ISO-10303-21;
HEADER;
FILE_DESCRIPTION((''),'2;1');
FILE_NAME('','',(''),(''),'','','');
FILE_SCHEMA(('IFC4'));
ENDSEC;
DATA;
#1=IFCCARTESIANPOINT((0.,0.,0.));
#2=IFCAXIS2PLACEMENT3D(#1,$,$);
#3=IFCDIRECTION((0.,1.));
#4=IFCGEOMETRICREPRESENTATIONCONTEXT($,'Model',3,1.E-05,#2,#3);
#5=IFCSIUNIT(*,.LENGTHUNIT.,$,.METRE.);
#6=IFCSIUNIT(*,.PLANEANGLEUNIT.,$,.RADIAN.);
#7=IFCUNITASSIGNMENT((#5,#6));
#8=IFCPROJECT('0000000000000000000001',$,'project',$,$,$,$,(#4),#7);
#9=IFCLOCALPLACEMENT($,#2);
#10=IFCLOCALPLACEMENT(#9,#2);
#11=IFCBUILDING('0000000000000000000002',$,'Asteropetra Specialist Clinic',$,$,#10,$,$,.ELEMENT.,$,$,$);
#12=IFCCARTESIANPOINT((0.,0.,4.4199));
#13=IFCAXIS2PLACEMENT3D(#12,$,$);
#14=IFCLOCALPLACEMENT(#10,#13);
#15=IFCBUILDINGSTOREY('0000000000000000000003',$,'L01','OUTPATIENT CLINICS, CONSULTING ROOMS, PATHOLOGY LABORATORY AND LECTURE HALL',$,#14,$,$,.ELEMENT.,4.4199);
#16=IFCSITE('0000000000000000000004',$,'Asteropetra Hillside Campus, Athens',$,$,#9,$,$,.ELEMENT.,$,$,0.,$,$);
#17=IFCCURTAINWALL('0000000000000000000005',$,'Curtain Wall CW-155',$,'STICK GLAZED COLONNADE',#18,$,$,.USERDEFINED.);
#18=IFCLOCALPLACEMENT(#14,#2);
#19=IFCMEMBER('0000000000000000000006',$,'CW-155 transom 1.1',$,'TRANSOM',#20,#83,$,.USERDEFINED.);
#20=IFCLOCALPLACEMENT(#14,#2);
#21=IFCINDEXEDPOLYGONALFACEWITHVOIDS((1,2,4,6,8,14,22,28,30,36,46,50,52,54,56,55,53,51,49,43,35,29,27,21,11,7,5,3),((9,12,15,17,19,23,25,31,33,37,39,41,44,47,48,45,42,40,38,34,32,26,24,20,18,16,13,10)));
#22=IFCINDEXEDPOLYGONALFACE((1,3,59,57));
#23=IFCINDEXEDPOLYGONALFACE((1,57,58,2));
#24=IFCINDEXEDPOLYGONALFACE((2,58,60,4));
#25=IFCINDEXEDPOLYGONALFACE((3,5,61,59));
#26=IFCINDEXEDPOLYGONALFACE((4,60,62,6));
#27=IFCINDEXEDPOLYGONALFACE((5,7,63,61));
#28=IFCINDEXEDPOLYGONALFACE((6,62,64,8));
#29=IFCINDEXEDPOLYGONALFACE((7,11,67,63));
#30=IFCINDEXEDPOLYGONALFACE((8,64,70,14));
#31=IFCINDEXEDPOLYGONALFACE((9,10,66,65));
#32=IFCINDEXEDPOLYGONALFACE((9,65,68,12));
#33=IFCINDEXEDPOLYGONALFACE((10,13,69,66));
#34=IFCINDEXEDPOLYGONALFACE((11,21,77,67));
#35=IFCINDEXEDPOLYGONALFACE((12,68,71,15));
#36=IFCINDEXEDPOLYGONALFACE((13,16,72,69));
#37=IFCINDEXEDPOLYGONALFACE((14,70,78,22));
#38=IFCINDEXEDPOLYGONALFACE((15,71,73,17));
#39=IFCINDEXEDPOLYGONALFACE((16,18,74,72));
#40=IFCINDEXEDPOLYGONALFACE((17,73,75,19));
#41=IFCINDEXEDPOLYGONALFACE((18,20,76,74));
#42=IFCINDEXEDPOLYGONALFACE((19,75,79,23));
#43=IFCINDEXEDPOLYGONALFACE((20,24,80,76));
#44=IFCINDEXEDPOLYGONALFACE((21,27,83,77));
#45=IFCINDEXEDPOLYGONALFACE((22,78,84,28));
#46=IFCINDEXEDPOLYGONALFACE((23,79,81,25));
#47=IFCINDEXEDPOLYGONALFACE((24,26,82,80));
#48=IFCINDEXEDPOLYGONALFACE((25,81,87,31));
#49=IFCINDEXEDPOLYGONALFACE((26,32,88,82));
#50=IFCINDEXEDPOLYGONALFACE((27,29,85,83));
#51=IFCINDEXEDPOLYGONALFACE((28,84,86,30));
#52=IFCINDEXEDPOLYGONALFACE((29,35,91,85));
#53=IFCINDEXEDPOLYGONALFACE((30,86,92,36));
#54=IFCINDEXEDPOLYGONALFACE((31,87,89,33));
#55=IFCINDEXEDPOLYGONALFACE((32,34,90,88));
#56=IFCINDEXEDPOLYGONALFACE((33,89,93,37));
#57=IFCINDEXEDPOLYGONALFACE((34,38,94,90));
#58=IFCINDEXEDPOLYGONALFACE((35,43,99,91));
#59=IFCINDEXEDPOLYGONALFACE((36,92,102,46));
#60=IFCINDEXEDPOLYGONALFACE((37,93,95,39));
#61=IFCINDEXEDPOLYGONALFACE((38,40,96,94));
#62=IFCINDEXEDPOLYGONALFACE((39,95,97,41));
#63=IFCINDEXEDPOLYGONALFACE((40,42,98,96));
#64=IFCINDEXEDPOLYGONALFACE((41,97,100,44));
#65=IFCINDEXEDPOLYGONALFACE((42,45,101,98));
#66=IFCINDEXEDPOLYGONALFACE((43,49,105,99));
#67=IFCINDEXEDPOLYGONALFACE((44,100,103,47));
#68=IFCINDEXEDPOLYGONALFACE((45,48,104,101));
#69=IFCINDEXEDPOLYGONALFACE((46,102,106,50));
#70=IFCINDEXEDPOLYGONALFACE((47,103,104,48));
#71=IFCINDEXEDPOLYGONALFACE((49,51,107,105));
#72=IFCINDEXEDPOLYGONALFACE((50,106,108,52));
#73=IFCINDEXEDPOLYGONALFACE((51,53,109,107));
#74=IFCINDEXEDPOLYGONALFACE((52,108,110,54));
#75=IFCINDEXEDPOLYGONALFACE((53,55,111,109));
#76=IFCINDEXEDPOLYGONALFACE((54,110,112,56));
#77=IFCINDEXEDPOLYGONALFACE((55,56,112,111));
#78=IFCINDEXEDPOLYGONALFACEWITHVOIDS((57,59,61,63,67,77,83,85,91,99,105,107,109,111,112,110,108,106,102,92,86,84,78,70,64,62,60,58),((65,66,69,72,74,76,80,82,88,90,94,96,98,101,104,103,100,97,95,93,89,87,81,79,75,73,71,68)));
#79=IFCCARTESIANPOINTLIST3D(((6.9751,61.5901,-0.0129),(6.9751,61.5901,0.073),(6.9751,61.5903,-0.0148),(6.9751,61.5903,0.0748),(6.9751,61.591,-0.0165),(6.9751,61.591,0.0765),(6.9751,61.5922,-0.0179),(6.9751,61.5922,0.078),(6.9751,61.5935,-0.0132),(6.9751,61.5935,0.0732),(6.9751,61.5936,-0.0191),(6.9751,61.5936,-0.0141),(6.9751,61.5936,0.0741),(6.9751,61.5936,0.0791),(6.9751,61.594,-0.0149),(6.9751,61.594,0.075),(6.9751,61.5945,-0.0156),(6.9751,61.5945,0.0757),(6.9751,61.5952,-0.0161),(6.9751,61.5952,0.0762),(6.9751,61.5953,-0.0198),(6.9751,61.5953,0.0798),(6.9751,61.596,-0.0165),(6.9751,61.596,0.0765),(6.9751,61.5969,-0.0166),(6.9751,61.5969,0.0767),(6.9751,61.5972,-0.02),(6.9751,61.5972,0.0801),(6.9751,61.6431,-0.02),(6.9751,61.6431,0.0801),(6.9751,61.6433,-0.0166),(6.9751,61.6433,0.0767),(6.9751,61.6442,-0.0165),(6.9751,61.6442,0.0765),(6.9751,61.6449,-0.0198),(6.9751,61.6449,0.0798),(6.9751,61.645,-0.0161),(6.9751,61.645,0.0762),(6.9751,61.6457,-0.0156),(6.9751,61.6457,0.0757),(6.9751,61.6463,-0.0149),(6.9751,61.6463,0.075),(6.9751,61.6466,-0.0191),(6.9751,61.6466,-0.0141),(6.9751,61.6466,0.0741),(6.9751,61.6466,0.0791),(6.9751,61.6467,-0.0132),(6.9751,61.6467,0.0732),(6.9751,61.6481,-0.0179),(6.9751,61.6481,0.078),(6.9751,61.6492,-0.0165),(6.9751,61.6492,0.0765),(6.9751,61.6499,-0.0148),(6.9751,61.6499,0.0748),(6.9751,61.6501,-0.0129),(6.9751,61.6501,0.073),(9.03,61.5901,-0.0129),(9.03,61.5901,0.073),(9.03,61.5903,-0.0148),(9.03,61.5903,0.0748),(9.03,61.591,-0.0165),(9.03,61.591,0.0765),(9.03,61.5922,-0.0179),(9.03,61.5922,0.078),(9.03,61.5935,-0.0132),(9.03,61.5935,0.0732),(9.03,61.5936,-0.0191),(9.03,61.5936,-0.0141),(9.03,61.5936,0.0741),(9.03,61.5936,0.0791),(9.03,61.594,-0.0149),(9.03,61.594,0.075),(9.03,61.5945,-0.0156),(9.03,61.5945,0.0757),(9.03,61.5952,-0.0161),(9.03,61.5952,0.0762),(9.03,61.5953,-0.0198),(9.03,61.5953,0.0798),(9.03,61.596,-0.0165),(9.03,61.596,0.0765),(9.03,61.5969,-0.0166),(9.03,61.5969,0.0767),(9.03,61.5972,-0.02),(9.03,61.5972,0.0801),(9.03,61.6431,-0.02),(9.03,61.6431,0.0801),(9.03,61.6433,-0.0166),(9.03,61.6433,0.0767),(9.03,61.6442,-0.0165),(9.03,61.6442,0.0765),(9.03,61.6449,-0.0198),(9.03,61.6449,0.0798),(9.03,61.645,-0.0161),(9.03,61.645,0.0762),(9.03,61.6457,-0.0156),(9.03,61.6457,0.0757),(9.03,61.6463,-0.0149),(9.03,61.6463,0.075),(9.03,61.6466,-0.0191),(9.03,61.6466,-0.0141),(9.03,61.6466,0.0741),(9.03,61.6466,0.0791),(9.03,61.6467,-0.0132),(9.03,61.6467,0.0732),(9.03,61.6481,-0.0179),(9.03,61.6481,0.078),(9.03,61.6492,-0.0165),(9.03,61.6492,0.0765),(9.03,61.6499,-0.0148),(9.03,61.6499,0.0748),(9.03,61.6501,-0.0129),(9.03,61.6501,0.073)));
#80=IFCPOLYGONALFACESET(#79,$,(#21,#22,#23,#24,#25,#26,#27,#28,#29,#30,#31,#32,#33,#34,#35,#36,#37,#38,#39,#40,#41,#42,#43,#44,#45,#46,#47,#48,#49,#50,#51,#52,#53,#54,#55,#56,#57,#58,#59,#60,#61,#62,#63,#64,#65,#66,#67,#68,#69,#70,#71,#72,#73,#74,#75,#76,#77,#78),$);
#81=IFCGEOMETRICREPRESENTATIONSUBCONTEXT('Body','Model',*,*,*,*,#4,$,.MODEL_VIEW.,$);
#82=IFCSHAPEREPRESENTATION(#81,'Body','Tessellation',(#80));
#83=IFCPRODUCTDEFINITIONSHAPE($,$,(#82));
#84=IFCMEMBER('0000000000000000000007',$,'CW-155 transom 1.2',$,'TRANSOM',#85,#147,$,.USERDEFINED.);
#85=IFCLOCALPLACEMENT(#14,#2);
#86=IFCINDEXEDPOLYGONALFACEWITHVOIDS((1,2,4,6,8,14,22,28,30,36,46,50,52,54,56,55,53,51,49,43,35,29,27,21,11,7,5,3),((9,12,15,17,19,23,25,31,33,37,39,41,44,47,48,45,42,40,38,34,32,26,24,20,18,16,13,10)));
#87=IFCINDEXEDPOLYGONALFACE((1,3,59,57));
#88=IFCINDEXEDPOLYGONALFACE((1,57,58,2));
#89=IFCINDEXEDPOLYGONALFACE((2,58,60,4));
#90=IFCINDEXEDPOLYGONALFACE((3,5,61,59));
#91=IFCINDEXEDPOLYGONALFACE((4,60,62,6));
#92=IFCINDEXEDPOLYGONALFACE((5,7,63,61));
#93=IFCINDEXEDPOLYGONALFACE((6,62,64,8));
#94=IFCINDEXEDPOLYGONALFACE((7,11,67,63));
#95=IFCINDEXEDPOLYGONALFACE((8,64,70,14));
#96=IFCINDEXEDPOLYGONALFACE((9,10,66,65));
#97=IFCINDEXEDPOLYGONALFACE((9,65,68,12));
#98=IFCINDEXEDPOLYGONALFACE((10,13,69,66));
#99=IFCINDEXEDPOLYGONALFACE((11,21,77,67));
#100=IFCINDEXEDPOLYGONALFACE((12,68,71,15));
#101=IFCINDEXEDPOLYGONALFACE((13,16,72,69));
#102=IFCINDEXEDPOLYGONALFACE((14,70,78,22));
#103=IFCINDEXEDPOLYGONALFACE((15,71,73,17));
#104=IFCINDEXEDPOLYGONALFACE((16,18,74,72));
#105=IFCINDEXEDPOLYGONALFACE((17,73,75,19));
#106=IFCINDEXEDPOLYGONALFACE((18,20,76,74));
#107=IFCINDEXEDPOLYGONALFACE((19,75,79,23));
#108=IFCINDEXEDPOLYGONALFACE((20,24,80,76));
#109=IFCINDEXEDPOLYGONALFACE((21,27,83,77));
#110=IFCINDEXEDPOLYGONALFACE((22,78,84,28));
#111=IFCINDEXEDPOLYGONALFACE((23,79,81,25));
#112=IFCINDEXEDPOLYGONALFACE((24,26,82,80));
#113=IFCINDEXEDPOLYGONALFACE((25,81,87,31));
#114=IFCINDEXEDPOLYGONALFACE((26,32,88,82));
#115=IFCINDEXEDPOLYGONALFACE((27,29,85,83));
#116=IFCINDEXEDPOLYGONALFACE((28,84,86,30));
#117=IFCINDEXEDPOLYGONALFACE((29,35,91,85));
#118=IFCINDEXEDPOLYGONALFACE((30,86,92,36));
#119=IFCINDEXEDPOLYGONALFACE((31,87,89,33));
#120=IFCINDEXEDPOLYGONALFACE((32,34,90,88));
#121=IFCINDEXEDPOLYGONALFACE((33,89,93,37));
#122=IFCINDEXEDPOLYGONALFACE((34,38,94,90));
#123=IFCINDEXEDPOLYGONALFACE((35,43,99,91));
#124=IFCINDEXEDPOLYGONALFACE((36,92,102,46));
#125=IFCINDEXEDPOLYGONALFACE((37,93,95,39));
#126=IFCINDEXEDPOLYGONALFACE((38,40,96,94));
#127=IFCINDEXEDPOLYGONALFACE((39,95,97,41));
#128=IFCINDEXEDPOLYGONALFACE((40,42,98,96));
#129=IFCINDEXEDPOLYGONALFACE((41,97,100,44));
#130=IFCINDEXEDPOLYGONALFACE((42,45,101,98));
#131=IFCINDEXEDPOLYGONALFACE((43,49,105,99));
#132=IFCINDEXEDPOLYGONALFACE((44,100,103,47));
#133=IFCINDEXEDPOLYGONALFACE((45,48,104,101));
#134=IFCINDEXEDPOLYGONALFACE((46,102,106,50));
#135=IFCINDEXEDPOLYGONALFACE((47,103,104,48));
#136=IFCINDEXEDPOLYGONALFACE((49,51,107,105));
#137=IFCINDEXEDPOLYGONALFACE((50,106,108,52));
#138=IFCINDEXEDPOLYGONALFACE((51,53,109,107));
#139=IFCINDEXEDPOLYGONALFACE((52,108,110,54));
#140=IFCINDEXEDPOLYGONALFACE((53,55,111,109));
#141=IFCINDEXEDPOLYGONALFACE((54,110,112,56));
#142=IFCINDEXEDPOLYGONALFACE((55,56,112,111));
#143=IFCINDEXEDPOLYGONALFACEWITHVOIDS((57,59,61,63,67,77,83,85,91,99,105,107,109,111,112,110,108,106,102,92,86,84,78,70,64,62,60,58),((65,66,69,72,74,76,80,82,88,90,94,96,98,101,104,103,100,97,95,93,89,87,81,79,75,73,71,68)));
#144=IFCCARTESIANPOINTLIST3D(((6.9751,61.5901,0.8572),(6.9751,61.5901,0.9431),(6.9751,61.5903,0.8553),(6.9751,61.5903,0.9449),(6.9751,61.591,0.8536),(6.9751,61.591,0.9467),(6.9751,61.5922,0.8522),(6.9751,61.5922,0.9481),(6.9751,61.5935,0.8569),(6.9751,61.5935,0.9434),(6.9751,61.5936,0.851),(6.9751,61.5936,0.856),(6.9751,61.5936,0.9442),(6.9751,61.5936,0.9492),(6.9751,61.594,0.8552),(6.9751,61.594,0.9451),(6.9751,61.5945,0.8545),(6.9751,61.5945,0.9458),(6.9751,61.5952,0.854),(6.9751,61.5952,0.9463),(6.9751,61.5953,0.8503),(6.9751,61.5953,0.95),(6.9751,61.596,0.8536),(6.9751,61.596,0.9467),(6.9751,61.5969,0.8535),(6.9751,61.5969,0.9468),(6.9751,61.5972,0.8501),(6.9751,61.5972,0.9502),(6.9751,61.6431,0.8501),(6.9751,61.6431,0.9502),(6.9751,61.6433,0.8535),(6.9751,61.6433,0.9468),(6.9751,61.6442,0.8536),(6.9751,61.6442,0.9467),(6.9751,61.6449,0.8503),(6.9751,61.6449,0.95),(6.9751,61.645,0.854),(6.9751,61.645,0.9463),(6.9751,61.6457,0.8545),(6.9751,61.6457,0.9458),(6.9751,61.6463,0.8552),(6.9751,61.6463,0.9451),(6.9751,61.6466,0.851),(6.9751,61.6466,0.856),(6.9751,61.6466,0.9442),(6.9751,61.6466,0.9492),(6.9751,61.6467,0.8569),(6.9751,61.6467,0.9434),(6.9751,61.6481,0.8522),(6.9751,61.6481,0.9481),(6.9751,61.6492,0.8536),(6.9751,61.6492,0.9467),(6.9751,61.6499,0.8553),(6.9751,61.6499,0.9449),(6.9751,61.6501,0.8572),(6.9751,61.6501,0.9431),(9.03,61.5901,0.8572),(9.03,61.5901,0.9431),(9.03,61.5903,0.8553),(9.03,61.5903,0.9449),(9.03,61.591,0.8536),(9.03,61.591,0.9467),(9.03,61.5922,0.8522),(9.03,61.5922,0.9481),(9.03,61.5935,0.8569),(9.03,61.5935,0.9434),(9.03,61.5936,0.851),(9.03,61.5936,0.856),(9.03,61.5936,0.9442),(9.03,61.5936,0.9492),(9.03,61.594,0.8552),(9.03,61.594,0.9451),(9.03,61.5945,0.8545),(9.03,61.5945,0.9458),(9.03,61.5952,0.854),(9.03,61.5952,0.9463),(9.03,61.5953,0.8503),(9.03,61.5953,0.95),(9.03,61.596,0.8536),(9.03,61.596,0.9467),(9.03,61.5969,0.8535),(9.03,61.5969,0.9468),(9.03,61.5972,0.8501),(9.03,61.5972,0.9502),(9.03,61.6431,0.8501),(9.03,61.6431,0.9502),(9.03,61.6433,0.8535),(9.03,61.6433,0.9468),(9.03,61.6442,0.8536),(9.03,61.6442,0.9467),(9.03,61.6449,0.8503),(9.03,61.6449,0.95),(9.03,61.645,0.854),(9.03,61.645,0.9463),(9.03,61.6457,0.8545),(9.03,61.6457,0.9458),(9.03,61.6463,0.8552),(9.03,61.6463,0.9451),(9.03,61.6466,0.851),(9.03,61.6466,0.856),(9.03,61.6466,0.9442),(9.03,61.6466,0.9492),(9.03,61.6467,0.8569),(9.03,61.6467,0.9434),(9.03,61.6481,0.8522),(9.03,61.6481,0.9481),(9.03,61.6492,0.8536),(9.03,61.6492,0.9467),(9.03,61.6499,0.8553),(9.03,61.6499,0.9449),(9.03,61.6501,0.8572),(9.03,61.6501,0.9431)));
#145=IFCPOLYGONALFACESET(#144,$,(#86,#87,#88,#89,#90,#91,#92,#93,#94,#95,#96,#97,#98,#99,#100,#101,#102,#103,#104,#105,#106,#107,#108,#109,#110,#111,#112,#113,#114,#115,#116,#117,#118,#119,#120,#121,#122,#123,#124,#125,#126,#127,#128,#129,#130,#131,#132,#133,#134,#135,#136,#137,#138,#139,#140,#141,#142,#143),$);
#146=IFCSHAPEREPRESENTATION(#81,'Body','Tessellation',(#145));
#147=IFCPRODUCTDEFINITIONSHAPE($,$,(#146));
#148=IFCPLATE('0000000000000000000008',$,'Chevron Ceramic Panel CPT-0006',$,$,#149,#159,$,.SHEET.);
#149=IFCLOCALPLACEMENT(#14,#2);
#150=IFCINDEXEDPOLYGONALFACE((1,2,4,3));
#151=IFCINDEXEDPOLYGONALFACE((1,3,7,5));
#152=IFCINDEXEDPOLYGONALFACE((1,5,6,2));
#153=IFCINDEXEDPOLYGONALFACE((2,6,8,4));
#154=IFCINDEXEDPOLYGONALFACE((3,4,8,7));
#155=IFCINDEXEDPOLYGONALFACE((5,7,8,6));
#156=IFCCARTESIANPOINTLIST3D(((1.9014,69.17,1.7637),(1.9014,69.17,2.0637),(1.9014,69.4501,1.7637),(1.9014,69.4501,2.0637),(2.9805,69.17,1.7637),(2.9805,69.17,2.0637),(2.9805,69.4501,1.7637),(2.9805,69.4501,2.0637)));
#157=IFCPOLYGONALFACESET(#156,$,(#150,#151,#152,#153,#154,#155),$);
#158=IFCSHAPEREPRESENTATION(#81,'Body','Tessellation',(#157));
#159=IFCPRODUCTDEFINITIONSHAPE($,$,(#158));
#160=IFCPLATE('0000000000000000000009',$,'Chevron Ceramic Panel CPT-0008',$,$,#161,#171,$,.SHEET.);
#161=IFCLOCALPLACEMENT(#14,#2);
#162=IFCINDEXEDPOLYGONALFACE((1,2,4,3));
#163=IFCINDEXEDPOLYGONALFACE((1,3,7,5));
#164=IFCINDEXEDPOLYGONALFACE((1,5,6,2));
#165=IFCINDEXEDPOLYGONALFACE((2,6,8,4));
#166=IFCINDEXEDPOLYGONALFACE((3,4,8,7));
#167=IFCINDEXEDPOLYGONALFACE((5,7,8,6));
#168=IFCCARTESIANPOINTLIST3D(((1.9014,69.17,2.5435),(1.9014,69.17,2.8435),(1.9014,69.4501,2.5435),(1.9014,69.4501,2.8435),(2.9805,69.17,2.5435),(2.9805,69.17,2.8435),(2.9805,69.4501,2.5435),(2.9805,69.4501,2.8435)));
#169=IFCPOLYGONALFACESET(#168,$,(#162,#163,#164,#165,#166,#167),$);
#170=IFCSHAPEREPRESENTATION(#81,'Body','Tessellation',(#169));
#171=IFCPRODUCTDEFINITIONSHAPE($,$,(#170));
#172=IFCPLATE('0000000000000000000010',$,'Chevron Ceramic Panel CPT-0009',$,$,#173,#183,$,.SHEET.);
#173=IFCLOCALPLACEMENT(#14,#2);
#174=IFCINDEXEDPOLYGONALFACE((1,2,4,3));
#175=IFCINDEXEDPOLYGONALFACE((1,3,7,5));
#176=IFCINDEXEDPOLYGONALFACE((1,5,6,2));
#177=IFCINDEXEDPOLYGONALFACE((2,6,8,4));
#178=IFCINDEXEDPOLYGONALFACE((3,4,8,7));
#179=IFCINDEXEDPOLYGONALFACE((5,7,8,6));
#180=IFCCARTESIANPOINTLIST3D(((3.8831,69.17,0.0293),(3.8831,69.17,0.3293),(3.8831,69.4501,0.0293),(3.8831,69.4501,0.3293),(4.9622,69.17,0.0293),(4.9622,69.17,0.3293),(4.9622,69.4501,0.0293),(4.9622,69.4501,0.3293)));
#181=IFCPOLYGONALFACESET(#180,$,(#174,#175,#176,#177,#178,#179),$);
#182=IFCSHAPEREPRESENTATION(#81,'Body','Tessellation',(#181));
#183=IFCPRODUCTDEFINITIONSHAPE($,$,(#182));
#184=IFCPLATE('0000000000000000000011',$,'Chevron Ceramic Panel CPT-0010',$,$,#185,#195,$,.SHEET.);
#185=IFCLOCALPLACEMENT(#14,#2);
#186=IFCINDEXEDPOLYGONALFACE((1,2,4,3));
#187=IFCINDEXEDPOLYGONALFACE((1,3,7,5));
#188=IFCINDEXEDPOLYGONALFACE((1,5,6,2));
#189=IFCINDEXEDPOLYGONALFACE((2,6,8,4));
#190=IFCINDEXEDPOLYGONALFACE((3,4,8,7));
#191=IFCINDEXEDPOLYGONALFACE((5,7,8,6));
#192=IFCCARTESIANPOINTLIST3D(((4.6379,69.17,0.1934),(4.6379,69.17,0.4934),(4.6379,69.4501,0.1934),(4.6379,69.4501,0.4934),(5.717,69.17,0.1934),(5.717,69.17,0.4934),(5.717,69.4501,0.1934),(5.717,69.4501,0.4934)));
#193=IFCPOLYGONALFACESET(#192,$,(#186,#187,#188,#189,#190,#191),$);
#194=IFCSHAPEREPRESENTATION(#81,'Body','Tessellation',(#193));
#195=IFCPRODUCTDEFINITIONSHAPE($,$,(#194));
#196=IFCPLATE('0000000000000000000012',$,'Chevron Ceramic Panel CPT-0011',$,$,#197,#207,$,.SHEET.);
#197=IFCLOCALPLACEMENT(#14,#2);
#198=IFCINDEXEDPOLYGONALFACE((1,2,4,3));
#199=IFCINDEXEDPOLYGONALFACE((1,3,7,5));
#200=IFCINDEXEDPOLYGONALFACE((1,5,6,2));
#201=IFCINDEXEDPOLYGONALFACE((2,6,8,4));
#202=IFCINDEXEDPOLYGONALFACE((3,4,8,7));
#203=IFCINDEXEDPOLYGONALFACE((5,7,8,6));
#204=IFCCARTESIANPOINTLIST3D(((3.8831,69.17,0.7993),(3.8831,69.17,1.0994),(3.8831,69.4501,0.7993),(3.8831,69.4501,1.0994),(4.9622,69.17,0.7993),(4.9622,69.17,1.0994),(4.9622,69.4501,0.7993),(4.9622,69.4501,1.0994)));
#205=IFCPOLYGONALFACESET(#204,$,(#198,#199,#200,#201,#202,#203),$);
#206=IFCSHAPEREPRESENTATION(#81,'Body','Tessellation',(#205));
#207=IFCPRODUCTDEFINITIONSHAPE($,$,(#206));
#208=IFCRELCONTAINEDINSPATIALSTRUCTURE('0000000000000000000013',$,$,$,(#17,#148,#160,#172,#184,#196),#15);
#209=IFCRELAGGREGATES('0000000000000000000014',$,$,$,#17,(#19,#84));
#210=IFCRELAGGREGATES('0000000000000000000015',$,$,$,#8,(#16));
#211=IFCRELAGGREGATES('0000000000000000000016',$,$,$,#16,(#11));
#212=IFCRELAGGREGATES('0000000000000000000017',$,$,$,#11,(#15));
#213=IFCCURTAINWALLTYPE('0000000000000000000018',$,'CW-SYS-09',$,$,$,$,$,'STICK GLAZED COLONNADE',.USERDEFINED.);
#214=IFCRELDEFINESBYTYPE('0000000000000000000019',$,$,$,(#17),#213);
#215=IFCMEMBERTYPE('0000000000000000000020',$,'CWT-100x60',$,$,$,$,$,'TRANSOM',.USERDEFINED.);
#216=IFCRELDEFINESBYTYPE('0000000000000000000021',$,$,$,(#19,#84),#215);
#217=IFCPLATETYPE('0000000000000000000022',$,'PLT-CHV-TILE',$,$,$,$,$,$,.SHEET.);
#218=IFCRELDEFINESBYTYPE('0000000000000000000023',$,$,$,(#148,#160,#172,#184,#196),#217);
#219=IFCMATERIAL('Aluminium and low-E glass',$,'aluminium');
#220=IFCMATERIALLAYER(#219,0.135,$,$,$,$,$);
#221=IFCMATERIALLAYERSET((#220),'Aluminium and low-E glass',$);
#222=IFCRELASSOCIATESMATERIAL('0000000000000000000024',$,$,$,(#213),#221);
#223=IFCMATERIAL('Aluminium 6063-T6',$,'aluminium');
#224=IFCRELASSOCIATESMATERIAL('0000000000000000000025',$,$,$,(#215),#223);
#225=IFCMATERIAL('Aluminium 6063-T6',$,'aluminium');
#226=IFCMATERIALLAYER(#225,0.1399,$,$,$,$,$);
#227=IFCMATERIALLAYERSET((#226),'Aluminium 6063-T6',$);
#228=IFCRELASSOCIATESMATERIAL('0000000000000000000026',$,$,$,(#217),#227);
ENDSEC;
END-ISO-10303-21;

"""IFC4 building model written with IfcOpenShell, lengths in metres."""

from ifc_helpers import new_model, si_unit, direction, frame, origin, origin_2d, place, context, subcontext, project, spatial, rectangle, hollow_rectangle, extrude, material, layer, layer_set, material_profile, profile_set, type_object, element, aggregate, save


model = new_model("IFC4")

# Units and contexts
model_context = context("Model", 3, precision=1e-05, world=origin(), true_north=direction((0.0, 1.0)))
body_context = subcontext(model_context, "Body", "Model", "MODEL_VIEW")
ifc_project = project(units=[si_unit("LENGTHUNIT", "METRE"), si_unit("PLANEANGLEUNIT", "RADIAN")], contexts=[model_context])

# Site, building, storey
site_placement = place(None, origin())
site = spatial("IfcSite", under=ifc_project, at=site_placement, Name="Asteropetra Hillside Campus, Athens", CompositionType="ELEMENT", RefElevation=0.0)
building_placement = place(site_placement, origin())
building = spatial("IfcBuilding", under=site, at=building_placement, Name="Asteropetra Specialist Clinic", CompositionType="ELEMENT")
storey_placement = place(building_placement, frame((0.0, 0.0, 4.4199)))
storey = spatial("IfcBuildingStorey", under=building, at=storey_placement, Name="L01", Description="OUTPATIENT CLINICS, CONSULTING ROOMS, PATHOLOGY LABORATORY AND LECTURE HALL", CompositionType="ELEMENT", Elevation=4.4199)

# Curtain wall, members
ifc_material_1 = material(Name="Aluminium and low-E glass", Category="aluminium")
ifc_layer_1 = layer(ifc_material_1, 0.135)
ifc_layer_set_1 = layer_set([ifc_layer_1], Name="Aluminium and low-E glass")
curtain_wall_type = type_object("IfcCurtainWallType", Name="CW-SYS-09", ElementType="STICK GLAZED COLONNADE", PredefinedType="USERDEFINED", material=ifc_layer_set_1)
curtain_wall_placement = place(storey_placement, origin())
curtain_wall = element("IfcCurtainWall", 1, at=curtain_wall_placement, inside=storey, type_object=curtain_wall_type, Name="Curtain Wall CW-155", ObjectType="STICK GLAZED COLONNADE", PredefinedType="USERDEFINED")
ifc_material_2 = material(Name="Aluminium 6063-T6", Category="aluminium")
ifc_material_profile = material_profile(ifc_material_2, hollow_rectangle(XDim=0.0601, YDim=0.1001, WallThickness=0.0034, InnerFilletRadius=0.0034, OuterFilletRadius=0.0071, at=origin_2d()), Name="TRN 100x60x3.5")
ifc_profile_set = profile_set([ifc_material_profile], Name="Aluminium 6063-T6")
member_type = type_object("IfcMemberType", Name="CWT-100x60", ElementType="TRANSOM", PredefinedType="USERDEFINED", material=ifc_profile_set)
member_1_placement = place(storey_placement, frame((9.03, 61.6201, 0.03), z_axis=(-1.0, 0.0, 0.0), x_axis=(0.0, -1.0, 0.0)))
member_1 = element("IfcMember", 2, at=member_1_placement, type_object=member_type, Name="CW-155 transom 1.1", ObjectType="TRANSOM", PredefinedType="USERDEFINED", context=body_context, shape_type="SweptSolid", body=[
    extrude(hollow_rectangle(XDim=0.0601, YDim=0.1001, WallThickness=0.0034, InnerFilletRadius=0.0034, OuterFilletRadius=0.0071, at=origin_2d()), origin(), (0.0, 0.0, 1.0), 2.0549),
])
member_2_placement = place(storey_placement, frame((9.03, 61.6201, 0.9001), z_axis=(-1.0, 0.0, 0.0), x_axis=(0.0, -1.0, 0.0)))
member_2 = element("IfcMember", 3, at=member_2_placement, type_object=member_type, Name="CW-155 transom 1.2", ObjectType="TRANSOM", PredefinedType="USERDEFINED", context=body_context, shape_type="SweptSolid", body=[
    extrude(hollow_rectangle(XDim=0.0601, YDim=0.1001, WallThickness=0.0034, InnerFilletRadius=0.0034, OuterFilletRadius=0.0071, at=origin_2d()), origin(), (0.0, 0.0, 1.0), 2.0549),
])
aggregate(curtain_wall, [member_1, member_2])

# Plates
ifc_material_3 = material(Name="Aluminium 6063-T6", Category="aluminium")
ifc_layer_2 = layer(ifc_material_3, 0.1399)
ifc_layer_set_2 = layer_set([ifc_layer_2], Name="Aluminium 6063-T6")
plate_type = type_object("IfcPlateType", Name="PLT-CHV-TILE", PredefinedType="SHEET", material=ifc_layer_set_2)
for number, where, z_axis, x_axis, name in (
    (4, (2.4409, 69.3101, 1.7637), (0.0, 0.0, 1.0), (1.0, 0.0, 0.0), "Chevron Ceramic Panel CPT-0006"),
    (5, (2.4409, 69.3101, 2.5435), (0.0, 0.0, 1.0), (1.0, 0.0, 0.0), "Chevron Ceramic Panel CPT-0008"),
    (6, (4.4226, 69.3101, 0.0293), (0.0, 0.0, 1.0), (1.0, 0.0, 0.0), "Chevron Ceramic Panel CPT-0009"),
    (7, (5.1775, 69.3101, 0.1934), (0.0, 0.0, 1.0), (1.0, 0.0, 0.0), "Chevron Ceramic Panel CPT-0010"),
    (8, (4.4226, 69.3101, 0.7993), (0.0, 0.0, 1.0), (1.0, 0.0, 0.0), "Chevron Ceramic Panel CPT-0011"),
):
    element("IfcPlate", number, at=place(storey_placement, frame(where, z_axis=z_axis, x_axis=x_axis)), inside=storey, type_object=plate_type, Name=name, PredefinedType="SHEET", context=body_context, shape_type="SweptSolid", body=[
        extrude(rectangle(XDim=1.0791, YDim=0.28, at=origin_2d()), origin(), (0.0, 0.0, 1.0), 0.3),
    ])

save(model, "model.ifc")
